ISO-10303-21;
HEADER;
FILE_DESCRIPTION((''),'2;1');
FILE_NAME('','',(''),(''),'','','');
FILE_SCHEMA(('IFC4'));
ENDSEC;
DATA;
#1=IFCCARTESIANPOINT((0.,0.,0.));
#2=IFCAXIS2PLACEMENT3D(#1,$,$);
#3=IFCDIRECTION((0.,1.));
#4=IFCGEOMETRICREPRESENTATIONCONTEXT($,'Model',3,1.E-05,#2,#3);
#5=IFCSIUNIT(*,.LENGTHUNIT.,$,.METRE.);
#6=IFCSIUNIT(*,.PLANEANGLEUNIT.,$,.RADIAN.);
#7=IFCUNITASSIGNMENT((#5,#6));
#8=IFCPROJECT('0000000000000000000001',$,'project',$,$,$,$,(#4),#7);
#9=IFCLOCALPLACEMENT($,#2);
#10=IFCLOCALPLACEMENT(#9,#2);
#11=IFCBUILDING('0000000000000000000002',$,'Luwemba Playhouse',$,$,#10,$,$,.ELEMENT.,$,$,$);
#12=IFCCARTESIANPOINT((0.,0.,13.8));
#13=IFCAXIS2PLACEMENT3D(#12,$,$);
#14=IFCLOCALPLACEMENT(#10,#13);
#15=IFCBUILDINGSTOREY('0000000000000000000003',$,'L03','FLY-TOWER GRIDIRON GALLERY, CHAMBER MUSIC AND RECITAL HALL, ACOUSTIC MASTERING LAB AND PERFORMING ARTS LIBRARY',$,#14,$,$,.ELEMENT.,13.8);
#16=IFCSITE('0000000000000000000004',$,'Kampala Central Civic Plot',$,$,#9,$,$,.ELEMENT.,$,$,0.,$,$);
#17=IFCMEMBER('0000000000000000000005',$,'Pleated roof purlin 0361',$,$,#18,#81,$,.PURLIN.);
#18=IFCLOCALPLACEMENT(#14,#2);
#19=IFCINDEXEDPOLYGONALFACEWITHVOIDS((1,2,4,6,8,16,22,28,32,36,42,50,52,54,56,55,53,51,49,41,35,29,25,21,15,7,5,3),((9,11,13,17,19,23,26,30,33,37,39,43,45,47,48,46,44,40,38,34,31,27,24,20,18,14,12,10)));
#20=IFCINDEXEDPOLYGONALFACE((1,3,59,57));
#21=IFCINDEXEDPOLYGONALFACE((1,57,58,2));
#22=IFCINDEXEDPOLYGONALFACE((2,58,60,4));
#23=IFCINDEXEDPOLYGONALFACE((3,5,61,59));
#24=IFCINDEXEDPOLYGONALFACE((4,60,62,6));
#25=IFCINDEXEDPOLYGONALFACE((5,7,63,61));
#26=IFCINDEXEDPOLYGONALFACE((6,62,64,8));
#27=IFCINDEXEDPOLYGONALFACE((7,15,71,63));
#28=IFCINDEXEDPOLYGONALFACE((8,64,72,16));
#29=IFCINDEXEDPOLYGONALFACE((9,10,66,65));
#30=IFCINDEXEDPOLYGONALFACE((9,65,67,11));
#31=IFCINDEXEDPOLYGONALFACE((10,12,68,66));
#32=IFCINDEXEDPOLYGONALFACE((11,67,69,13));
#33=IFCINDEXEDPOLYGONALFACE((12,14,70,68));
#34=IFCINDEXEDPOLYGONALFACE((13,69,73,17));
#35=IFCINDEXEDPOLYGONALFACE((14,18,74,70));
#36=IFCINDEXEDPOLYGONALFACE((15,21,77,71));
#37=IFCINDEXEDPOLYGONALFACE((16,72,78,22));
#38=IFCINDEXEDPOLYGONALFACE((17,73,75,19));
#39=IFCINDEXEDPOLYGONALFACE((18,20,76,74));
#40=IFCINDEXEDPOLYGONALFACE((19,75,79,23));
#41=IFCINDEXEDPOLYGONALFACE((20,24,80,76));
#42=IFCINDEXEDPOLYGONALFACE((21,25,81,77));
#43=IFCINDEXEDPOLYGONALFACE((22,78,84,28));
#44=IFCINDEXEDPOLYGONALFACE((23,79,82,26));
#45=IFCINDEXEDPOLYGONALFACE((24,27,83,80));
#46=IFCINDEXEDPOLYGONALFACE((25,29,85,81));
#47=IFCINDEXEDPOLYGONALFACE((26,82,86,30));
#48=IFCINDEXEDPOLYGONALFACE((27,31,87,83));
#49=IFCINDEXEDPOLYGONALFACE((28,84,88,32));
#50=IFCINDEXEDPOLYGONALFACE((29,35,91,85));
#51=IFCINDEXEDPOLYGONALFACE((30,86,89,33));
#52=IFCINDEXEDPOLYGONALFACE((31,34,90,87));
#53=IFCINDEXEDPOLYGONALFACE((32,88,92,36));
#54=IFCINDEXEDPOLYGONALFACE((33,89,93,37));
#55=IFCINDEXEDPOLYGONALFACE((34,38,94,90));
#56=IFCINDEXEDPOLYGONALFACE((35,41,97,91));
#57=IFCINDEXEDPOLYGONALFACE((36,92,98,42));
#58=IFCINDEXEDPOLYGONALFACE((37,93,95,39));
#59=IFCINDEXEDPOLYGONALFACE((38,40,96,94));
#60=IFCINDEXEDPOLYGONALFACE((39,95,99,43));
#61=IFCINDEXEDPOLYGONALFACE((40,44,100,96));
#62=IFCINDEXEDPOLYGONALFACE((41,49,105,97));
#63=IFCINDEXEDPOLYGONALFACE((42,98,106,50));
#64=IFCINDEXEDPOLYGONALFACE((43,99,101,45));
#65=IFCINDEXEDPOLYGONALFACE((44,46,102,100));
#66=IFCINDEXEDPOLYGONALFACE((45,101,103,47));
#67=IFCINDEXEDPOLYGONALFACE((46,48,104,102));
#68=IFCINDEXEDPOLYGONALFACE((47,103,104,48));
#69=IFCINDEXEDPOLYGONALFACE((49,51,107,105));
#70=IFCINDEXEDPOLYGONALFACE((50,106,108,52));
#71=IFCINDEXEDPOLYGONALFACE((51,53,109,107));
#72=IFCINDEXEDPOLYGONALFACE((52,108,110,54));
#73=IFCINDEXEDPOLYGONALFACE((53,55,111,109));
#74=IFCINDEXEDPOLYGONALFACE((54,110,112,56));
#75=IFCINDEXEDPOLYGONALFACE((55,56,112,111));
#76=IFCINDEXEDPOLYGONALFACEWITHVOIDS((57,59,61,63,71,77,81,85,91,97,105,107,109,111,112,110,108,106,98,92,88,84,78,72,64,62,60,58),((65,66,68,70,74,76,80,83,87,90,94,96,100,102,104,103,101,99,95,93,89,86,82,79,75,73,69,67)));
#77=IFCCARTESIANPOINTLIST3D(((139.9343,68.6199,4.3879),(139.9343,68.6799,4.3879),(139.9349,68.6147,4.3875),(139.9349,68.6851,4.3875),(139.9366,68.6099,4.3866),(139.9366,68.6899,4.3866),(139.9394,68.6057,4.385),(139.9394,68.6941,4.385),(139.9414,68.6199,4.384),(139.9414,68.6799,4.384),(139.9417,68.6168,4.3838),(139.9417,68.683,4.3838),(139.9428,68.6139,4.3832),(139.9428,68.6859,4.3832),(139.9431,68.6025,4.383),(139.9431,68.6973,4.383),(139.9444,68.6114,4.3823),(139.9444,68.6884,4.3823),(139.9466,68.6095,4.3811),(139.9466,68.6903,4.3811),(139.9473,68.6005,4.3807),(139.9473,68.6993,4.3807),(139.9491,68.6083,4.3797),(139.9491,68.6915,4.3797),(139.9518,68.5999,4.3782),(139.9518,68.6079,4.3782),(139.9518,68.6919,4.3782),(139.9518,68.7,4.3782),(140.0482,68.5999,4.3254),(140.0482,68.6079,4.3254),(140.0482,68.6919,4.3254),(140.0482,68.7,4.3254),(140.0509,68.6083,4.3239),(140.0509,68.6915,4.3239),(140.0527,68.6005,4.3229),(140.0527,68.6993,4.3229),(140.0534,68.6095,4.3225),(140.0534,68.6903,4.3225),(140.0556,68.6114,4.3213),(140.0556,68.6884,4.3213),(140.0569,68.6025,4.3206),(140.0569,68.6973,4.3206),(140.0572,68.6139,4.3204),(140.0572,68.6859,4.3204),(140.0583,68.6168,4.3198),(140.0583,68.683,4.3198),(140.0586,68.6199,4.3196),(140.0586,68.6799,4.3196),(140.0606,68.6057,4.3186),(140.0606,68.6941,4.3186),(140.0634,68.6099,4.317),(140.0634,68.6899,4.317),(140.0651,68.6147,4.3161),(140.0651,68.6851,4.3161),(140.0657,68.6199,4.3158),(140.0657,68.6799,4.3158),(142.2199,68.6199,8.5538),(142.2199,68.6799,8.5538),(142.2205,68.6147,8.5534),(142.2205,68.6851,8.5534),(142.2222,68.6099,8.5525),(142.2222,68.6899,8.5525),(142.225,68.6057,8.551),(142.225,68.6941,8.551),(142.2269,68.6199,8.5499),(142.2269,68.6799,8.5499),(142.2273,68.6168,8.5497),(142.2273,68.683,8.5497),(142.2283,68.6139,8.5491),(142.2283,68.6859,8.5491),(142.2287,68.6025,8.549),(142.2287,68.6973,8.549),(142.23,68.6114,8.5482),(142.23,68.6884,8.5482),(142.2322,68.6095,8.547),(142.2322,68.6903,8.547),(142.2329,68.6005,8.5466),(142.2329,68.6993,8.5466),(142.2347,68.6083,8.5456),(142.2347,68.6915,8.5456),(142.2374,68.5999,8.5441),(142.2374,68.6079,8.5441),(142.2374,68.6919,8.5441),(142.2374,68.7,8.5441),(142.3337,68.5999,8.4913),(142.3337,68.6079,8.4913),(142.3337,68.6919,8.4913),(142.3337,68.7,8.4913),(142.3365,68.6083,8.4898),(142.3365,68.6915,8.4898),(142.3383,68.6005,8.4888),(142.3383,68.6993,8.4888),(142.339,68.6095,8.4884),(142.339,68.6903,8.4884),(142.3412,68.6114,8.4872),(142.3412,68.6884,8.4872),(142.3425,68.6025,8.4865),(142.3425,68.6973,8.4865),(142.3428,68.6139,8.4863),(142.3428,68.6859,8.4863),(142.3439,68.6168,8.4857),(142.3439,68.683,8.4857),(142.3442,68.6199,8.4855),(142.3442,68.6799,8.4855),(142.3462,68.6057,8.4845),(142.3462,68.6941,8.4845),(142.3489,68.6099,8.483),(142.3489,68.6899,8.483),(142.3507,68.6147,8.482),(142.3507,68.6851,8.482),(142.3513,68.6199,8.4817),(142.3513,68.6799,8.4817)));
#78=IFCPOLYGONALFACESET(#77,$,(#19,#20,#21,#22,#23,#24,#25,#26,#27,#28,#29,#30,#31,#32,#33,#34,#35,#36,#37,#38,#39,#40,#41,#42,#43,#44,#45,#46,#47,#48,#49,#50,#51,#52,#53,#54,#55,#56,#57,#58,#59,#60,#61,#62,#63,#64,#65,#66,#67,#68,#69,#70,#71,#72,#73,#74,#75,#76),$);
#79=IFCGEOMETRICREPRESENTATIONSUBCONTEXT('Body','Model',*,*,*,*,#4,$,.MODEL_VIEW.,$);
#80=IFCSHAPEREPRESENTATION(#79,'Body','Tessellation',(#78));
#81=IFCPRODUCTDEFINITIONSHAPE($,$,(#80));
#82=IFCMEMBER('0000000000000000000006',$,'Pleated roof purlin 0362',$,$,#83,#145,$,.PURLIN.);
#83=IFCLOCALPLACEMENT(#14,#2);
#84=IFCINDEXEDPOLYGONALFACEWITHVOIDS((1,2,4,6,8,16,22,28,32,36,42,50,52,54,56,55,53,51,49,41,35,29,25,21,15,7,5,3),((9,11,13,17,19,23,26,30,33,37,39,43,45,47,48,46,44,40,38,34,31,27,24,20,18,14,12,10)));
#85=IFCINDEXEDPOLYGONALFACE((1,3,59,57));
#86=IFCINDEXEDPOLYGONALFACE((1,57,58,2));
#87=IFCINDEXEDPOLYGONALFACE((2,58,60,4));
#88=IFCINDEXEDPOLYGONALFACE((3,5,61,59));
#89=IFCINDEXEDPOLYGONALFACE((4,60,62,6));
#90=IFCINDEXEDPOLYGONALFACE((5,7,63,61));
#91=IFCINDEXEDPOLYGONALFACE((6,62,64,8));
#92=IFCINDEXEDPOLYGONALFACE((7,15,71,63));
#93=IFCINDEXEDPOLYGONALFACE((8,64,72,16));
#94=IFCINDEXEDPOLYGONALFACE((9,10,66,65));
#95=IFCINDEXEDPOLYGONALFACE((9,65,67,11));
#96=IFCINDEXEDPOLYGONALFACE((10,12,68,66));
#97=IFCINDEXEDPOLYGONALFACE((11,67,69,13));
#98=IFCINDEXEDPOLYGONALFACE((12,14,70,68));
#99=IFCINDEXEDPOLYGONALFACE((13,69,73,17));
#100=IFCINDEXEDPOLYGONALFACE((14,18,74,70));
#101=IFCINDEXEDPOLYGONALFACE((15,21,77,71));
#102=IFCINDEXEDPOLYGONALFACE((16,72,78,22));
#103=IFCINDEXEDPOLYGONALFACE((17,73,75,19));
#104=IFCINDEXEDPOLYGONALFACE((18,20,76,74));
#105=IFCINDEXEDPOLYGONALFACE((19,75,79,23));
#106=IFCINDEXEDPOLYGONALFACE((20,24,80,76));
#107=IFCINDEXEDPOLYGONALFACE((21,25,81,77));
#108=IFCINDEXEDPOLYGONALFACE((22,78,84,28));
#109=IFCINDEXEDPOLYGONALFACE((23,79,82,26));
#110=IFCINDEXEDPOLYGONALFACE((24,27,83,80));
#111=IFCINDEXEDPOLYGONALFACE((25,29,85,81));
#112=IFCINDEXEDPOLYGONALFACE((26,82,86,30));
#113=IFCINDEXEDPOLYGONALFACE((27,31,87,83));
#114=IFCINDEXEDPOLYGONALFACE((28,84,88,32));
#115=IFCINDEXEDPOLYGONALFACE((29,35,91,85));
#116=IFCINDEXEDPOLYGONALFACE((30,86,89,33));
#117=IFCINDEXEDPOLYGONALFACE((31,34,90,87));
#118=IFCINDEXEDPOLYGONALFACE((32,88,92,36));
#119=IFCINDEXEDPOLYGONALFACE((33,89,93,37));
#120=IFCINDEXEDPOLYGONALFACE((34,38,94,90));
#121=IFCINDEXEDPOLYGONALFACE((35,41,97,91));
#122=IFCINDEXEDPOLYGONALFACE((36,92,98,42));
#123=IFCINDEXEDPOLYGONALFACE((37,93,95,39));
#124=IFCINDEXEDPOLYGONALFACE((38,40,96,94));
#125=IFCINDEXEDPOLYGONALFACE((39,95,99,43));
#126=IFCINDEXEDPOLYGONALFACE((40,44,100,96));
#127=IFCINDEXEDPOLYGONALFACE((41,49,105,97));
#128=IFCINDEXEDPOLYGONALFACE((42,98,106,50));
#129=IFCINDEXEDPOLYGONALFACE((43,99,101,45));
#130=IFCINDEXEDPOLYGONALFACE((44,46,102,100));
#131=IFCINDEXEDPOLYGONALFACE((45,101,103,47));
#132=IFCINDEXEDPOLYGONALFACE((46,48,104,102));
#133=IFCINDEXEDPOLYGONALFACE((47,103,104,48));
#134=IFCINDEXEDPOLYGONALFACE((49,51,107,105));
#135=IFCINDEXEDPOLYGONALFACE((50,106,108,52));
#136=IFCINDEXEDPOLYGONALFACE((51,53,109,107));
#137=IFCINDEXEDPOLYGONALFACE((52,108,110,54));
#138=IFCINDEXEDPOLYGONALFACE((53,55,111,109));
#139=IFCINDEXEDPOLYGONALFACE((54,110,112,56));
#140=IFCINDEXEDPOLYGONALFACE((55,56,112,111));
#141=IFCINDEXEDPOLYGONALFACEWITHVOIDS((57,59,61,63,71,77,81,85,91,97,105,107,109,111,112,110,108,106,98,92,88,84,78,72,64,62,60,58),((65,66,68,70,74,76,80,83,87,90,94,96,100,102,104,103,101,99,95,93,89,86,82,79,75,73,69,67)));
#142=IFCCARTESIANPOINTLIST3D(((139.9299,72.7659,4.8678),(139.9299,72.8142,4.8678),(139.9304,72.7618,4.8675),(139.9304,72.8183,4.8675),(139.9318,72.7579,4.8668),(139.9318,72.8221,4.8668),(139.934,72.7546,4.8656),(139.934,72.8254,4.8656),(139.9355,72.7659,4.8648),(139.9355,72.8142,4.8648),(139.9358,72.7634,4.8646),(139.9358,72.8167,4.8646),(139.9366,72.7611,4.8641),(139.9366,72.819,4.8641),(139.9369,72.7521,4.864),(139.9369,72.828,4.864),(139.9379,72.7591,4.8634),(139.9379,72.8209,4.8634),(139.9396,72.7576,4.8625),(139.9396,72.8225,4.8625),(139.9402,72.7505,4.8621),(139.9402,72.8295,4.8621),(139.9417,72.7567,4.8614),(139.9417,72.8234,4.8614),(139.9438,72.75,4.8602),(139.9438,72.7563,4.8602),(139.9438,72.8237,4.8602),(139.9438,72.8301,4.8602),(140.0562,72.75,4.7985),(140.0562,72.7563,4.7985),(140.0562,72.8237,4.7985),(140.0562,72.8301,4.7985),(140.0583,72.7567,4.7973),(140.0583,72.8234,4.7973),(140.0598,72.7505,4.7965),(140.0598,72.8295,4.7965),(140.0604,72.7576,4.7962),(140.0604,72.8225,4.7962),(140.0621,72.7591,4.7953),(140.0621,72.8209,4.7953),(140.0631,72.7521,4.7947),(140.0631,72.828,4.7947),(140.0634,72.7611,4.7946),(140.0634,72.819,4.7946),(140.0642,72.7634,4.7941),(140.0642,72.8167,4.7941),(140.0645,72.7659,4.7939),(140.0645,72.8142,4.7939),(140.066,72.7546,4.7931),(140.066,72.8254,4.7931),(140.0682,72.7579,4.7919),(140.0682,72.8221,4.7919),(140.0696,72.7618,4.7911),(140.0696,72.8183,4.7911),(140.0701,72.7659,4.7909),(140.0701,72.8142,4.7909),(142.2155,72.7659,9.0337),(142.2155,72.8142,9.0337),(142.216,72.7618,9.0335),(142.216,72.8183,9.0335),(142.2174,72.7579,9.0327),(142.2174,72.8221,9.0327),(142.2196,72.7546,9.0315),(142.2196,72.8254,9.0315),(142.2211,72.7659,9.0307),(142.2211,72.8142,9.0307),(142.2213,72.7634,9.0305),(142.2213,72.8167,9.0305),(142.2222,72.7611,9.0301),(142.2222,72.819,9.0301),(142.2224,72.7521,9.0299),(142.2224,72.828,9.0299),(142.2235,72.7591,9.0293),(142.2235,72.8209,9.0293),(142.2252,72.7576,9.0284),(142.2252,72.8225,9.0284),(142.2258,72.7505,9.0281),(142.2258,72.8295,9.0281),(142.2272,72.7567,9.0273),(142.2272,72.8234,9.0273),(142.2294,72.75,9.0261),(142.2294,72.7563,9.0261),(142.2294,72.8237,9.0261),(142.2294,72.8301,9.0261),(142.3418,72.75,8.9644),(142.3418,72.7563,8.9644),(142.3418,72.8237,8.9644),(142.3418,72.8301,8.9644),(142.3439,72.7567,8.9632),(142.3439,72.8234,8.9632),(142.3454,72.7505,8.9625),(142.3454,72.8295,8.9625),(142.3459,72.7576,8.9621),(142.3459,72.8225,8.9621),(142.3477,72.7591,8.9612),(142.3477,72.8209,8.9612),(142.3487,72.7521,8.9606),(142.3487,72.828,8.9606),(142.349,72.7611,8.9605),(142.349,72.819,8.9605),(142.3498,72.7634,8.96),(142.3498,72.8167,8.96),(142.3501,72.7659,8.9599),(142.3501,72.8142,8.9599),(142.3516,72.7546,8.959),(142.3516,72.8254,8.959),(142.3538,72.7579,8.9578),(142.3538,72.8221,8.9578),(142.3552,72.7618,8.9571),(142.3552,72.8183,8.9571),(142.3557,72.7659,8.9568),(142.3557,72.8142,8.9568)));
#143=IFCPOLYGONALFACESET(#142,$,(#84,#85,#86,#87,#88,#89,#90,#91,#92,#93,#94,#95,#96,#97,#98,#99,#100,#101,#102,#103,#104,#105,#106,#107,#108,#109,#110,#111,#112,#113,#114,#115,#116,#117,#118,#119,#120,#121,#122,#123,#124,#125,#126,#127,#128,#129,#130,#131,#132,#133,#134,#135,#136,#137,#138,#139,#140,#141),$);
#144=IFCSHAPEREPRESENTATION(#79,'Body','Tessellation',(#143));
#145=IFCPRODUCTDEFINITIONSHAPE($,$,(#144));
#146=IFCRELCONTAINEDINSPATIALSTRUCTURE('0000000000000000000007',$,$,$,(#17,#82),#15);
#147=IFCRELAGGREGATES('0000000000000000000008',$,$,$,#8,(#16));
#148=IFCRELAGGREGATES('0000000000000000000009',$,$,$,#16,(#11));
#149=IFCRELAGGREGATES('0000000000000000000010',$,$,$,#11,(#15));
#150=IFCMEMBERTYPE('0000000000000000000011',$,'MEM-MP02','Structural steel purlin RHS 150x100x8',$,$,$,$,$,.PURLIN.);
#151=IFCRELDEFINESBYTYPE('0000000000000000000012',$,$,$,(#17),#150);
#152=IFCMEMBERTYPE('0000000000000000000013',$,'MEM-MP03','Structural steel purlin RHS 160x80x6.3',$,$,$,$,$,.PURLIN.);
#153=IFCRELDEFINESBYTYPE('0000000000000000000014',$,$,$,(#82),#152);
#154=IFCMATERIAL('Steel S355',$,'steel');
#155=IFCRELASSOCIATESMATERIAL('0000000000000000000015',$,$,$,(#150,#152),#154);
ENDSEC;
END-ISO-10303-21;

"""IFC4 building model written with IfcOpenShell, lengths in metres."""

from ifc_helpers import new_model, si_unit, direction, frame, origin, origin_2d, place, context, subcontext, project, spatial, hollow_rectangle, extrude, material, material_profile, profile_set, type_object, element, save


model = new_model("IFC4")

# Units and contexts
model_context = context("Model", 3, precision=1e-05, world=origin(), true_north=direction((0.0, 1.0)))
body_context = subcontext(model_context, "Body", "Model", "MODEL_VIEW")
ifc_project = project(units=[si_unit("LENGTHUNIT", "METRE"), si_unit("PLANEANGLEUNIT", "RADIAN")], contexts=[model_context])

# Site, building, storey
site_placement = place(None, origin())
site = spatial("IfcSite", under=ifc_project, at=site_placement, Name="Kampala Central Civic Plot", CompositionType="ELEMENT", RefElevation=0.0)
building_placement = place(site_placement, origin())
building = spatial("IfcBuilding", under=site, at=building_placement, Name="Luwemba Playhouse", CompositionType="ELEMENT")
storey_placement = place(building_placement, frame((0.0, 0.0, 13.8)))
storey = spatial("IfcBuildingStorey", under=building, at=storey_placement, Name="L03", Description="FLY-TOWER GRIDIRON GALLERY, CHAMBER MUSIC AND RECITAL HALL, ACOUSTIC MASTERING LAB AND PERFORMING ARTS LIBRARY", CompositionType="ELEMENT", Elevation=13.8)

# Shared definitions
ifc_material_1 = material(Name="Steel S355", Category="steel")

# Members
ifc_material_profile_1 = material_profile(ifc_material_1, hollow_rectangle(XDim=0.1001, YDim=0.1499, WallThickness=0.0081, InnerFilletRadius=0.012, OuterFilletRadius=0.02, at=origin_2d()))
ifc_profile_set_1 = profile_set([ifc_material_profile_1], Name="Steel S355")
member_type_1 = type_object("IfcMemberType", Name="MEM-MP02", Description="Structural steel purlin RHS 150x100x8", PredefinedType="PURLIN", material=ifc_profile_set_1)
member_1_placement = place(storey_placement, frame((140.0, 68.6499, 4.3518), z_axis=(0.481003, 0.0, 0.876719), x_axis=(0.0, 1.0, 0.0)))
element("IfcMember", 1, at=member_1_placement, inside=storey, type_object=member_type_1, Name="Pleated roof purlin 0361", PredefinedType="PURLIN", context=body_context, shape_type="SweptSolid", body=[
    extrude(hollow_rectangle(XDim=0.1001, YDim=0.1499, WallThickness=0.0081, InnerFilletRadius=0.012, OuterFilletRadius=0.02, at=origin_2d()), origin(), (0.0, 0.0, 1.0), 4.7517),
])
ifc_material_profile_2 = material_profile(ifc_material_1, hollow_rectangle(XDim=0.0801, YDim=0.1599, WallThickness=0.0063, InnerFilletRadius=0.0095, OuterFilletRadius=0.0159, at=origin_2d()))
ifc_profile_set_2 = profile_set([ifc_material_profile_2], Name="Steel S355")
member_type_2 = type_object("IfcMemberType", Name="MEM-MP03", Description="Structural steel purlin RHS 160x80x6.3", PredefinedType="PURLIN", material=ifc_profile_set_2)
member_2_placement = place(storey_placement, frame((140.0, 72.79, 4.8293), z_axis=(0.481003, 0.0, 0.876719), x_axis=(0.0, 1.0, 0.0)))
element("IfcMember", 2, at=member_2_placement, inside=storey, type_object=member_type_2, Name="Pleated roof purlin 0362", PredefinedType="PURLIN", context=body_context, shape_type="SweptSolid", body=[
    extrude(hollow_rectangle(XDim=0.0801, YDim=0.1599, WallThickness=0.0063, InnerFilletRadius=0.0095, OuterFilletRadius=0.0159, at=origin_2d()), origin(), (0.0, 0.0, 1.0), 4.7517),
])

save(model, "model.ifc")
